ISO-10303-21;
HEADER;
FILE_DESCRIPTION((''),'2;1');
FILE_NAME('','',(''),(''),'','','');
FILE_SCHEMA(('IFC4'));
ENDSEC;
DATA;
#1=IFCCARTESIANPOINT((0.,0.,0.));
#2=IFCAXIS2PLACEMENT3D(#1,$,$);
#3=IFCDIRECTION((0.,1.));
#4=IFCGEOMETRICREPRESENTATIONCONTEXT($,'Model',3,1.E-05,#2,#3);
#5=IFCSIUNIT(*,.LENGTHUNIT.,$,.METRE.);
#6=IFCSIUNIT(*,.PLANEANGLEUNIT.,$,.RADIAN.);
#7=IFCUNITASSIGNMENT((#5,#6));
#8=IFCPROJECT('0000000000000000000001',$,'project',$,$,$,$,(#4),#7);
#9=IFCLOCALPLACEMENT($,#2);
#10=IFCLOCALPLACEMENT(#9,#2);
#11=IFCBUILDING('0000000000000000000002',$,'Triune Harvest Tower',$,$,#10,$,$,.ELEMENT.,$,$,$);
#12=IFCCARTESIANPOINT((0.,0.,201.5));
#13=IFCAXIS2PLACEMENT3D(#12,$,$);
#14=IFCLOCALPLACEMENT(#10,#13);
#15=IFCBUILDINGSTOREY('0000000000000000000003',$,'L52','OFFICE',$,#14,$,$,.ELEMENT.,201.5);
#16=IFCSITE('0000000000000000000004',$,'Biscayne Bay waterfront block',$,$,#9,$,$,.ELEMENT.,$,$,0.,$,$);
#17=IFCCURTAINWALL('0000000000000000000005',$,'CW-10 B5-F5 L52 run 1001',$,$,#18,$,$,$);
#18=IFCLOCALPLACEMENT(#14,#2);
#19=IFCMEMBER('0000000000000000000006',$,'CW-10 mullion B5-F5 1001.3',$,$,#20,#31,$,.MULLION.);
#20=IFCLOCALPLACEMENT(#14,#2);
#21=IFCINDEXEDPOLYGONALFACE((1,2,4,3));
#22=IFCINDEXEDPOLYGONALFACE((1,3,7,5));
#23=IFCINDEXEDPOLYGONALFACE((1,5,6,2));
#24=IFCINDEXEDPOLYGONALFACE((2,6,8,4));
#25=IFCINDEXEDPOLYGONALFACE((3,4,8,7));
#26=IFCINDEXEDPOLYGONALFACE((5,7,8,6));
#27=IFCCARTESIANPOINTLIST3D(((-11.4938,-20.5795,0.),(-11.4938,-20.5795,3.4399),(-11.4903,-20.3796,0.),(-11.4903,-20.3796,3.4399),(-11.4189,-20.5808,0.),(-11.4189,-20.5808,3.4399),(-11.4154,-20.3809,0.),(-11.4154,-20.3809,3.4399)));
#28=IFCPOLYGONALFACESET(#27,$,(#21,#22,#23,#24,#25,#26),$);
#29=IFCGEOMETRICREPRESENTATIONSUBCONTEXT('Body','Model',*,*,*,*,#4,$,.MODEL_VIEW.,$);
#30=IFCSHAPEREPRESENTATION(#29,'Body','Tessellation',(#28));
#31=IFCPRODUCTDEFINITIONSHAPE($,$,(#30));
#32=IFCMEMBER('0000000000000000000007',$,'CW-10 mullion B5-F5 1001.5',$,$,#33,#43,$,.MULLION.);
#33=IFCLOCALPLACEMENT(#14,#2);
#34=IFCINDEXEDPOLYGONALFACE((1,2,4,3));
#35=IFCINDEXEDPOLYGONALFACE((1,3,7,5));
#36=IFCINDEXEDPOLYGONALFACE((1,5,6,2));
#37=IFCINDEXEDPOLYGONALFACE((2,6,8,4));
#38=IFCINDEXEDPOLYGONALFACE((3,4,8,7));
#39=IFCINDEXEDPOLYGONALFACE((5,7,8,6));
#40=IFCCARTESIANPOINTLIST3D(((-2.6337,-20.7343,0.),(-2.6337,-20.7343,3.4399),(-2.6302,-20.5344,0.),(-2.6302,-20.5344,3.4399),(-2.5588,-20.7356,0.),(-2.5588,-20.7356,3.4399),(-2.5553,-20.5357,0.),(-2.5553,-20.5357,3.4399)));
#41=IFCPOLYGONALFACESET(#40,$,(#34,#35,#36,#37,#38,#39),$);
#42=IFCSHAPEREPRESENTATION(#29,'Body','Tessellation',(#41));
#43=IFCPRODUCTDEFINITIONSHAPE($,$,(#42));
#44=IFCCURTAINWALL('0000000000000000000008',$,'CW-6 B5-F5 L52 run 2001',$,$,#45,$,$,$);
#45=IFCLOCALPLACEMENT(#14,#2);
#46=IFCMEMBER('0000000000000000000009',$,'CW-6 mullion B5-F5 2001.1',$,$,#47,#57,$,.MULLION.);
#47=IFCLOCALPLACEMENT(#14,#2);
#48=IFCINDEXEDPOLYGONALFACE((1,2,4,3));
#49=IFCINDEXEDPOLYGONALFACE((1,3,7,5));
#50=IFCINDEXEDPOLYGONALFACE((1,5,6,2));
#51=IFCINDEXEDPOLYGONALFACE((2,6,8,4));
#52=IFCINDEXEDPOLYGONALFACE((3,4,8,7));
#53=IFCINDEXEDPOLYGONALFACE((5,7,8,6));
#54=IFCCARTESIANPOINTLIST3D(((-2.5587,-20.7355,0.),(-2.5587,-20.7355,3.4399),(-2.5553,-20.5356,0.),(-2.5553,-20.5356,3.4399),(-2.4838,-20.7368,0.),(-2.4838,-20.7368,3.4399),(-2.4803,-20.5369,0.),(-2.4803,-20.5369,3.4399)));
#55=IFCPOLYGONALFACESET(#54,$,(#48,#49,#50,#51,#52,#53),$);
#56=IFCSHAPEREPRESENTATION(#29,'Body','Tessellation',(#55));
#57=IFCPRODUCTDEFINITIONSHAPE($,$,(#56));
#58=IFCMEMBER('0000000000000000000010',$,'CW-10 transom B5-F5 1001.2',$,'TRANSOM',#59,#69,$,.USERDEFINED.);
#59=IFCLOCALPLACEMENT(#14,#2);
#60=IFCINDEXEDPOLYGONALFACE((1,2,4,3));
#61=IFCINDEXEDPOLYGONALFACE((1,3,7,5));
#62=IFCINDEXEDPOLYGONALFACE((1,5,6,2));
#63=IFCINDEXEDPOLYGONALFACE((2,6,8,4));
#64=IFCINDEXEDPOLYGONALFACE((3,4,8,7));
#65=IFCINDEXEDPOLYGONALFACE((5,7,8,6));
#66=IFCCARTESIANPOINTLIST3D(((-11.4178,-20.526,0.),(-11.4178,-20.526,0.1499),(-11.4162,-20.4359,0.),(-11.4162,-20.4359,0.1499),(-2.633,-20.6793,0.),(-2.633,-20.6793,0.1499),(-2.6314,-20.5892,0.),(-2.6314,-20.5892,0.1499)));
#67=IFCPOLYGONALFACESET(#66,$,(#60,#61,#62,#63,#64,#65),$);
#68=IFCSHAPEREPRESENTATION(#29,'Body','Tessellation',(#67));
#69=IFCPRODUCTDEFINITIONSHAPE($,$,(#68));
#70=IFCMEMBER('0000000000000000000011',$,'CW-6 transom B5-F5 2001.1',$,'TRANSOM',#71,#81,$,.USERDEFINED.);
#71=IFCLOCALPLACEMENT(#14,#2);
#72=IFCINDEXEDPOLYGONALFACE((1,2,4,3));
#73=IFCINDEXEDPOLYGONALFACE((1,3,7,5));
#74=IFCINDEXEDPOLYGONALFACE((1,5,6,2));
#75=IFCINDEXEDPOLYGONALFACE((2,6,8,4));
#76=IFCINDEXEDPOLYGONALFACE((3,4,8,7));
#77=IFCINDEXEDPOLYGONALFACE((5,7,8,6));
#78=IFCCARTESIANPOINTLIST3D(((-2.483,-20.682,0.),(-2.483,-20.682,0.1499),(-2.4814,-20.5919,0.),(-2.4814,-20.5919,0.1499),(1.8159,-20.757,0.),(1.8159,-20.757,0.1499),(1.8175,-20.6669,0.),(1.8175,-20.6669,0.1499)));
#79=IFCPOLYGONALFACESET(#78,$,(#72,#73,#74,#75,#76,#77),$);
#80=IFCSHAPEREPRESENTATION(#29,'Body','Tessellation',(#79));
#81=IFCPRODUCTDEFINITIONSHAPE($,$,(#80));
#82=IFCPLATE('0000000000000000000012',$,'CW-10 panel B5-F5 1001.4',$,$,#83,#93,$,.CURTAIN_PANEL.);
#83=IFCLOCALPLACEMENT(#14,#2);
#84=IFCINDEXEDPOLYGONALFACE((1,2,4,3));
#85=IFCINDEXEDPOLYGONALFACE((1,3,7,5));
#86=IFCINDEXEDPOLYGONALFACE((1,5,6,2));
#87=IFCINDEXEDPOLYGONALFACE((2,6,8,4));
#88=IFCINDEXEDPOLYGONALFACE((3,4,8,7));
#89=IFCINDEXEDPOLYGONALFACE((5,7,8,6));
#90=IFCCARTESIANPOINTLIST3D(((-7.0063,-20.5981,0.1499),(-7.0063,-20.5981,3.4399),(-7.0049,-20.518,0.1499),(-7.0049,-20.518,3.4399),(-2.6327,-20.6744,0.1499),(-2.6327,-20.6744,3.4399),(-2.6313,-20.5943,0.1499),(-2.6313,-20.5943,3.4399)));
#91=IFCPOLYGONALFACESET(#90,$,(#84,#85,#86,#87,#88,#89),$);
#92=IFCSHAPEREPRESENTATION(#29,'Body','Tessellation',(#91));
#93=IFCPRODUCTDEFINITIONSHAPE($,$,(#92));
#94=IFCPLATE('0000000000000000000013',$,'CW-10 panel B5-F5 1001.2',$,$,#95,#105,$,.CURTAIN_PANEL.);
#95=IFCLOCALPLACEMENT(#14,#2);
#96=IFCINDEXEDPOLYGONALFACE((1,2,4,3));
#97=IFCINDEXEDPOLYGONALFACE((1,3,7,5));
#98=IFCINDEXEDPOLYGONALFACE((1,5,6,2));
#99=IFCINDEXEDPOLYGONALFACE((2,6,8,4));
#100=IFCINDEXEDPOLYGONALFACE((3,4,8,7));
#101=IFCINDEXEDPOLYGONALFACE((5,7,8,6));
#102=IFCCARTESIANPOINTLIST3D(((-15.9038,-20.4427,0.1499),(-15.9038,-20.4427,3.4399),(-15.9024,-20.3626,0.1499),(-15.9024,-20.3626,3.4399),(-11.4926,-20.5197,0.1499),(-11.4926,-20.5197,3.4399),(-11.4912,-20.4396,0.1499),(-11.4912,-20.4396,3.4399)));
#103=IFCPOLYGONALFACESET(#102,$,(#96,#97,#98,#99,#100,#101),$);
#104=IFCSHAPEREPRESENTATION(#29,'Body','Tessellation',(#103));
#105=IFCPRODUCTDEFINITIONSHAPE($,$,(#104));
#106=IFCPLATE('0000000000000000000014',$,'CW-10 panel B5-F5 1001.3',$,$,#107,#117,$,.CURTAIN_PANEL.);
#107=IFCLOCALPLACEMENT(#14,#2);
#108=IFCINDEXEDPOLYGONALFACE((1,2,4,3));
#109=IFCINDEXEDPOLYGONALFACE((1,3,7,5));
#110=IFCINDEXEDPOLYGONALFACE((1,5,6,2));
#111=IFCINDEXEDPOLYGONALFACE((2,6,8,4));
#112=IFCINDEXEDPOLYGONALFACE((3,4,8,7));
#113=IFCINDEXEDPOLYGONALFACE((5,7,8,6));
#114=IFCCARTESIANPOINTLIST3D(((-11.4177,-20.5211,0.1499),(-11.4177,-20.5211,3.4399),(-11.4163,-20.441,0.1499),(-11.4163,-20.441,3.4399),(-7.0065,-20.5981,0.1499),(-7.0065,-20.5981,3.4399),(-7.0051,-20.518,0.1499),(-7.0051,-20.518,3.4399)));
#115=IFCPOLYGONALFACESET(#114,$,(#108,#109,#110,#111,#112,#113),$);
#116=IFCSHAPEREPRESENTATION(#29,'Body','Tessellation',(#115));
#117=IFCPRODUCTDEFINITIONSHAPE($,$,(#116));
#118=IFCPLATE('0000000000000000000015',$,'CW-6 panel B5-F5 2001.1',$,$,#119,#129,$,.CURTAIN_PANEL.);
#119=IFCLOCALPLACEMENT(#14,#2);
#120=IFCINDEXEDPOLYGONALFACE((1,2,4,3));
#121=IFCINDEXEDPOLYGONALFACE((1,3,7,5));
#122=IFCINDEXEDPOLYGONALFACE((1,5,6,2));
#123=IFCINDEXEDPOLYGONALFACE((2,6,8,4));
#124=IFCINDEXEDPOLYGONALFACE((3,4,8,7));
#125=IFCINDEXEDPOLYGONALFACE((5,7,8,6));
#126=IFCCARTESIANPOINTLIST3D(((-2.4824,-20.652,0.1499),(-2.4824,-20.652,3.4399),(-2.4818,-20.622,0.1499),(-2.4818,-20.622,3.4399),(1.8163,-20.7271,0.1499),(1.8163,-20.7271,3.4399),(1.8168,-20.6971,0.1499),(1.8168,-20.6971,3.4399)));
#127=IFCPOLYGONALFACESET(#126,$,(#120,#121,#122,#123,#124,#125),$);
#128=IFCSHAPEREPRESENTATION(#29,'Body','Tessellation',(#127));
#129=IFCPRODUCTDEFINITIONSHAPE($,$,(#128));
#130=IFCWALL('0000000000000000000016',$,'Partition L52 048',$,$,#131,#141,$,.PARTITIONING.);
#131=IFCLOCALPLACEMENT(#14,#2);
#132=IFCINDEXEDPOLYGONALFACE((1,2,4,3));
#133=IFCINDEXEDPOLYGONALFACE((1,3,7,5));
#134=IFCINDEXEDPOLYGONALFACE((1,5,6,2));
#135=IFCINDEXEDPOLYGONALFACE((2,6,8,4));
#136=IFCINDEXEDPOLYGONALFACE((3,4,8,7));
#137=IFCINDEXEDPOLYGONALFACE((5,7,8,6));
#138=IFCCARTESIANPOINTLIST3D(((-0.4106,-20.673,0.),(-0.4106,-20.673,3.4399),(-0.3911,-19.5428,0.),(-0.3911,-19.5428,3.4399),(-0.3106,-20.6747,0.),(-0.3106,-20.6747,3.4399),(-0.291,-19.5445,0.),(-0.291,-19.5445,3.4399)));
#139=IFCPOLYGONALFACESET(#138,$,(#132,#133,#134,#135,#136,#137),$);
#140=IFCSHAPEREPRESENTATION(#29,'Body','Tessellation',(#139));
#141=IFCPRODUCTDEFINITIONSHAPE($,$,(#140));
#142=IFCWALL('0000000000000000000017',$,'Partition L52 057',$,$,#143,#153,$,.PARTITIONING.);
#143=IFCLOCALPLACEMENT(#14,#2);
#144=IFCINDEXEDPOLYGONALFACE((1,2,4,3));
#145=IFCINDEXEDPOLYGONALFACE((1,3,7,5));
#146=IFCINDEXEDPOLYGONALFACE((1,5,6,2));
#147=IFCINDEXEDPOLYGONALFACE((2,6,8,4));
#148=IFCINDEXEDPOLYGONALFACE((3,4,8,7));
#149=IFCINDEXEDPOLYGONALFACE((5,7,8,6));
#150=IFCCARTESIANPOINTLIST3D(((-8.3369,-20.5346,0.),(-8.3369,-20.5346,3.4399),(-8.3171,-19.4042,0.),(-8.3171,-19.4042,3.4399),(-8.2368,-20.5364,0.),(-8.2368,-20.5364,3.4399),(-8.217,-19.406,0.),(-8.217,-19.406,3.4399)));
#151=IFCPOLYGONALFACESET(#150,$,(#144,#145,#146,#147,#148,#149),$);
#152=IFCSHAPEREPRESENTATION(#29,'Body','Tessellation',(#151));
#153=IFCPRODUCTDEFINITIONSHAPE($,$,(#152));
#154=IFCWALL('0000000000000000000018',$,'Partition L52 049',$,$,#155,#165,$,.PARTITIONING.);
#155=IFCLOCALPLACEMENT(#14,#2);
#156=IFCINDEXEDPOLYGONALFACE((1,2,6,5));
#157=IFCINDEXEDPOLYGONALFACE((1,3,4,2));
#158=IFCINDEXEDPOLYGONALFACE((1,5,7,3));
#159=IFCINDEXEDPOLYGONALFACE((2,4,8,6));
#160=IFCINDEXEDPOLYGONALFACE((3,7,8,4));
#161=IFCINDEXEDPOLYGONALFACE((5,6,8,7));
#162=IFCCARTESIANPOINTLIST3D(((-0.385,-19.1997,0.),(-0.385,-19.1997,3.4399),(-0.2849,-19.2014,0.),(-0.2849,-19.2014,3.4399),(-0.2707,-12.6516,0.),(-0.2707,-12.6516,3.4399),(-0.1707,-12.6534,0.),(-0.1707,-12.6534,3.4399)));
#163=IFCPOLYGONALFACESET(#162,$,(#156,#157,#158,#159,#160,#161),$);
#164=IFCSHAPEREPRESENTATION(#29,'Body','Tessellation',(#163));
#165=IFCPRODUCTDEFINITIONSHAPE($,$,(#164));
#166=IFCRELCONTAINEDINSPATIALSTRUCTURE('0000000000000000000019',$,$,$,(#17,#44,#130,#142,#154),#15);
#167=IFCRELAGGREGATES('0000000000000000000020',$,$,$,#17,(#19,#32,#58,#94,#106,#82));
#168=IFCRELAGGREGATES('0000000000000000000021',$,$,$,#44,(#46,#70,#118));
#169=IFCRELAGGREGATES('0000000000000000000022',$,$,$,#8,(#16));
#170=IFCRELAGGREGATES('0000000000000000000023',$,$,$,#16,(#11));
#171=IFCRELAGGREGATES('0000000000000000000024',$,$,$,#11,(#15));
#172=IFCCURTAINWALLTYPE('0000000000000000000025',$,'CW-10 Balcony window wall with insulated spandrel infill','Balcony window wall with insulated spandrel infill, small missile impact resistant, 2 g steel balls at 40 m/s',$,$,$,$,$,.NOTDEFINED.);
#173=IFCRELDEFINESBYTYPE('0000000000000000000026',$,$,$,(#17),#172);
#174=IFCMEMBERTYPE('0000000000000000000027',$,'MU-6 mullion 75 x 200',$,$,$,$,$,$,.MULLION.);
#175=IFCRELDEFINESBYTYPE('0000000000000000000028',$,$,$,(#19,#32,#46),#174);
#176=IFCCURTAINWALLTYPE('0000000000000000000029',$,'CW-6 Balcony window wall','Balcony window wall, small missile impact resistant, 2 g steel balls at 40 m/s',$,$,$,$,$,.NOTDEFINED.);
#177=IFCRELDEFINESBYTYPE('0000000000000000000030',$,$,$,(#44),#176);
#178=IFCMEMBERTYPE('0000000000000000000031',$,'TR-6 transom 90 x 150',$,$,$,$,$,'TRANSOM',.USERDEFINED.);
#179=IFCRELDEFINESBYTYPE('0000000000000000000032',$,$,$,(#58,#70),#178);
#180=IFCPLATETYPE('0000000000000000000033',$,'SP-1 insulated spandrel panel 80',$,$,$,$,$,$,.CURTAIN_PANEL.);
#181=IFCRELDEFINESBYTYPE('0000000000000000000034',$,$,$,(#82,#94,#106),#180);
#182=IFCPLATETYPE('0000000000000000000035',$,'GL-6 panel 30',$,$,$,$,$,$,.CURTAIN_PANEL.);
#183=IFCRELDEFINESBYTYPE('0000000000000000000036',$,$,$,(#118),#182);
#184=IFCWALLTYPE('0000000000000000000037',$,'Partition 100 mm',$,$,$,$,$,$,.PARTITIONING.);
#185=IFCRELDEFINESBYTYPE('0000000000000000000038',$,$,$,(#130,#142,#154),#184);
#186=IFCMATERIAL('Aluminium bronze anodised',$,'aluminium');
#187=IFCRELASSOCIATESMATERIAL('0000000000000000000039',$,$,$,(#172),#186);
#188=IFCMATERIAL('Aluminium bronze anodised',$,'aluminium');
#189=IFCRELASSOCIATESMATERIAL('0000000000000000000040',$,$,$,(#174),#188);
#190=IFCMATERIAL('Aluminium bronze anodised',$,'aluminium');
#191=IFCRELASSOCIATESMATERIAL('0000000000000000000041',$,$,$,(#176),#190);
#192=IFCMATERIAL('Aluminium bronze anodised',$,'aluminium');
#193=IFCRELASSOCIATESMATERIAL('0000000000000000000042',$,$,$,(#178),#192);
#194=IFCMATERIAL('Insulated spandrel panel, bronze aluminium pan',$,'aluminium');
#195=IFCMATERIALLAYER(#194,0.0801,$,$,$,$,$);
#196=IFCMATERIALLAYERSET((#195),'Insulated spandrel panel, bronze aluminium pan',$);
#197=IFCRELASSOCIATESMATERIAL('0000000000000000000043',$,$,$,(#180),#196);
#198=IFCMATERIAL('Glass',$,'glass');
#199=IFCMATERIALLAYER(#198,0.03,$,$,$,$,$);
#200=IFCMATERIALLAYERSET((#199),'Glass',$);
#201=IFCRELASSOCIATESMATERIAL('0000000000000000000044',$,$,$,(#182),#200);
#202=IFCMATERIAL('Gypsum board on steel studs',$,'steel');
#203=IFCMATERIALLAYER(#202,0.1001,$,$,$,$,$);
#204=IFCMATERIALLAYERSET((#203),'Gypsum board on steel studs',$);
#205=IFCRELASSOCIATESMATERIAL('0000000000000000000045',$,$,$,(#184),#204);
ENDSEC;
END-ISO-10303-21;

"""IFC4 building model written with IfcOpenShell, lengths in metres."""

from ifc_helpers import new_model, si_unit, direction, frame, frame_2d, origin, origin_2d, place, context, subcontext, project, spatial, rectangle, extrude, source, transform, mapped, material, layer, layer_set, material_profile, profile_set, type_object, element, aggregate, save


model = new_model("IFC4")

# Units and contexts
model_context = context("Model", 3, precision=1e-05, world=origin(), true_north=direction((0.0, 1.0)))
body_context = subcontext(model_context, "Body", "Model", "MODEL_VIEW")
ifc_project = project(units=[si_unit("LENGTHUNIT", "METRE"), si_unit("PLANEANGLEUNIT", "RADIAN")], contexts=[model_context])

# Site, building, storey
site_placement = place(None, origin())
site = spatial("IfcSite", under=ifc_project, at=site_placement, Name="Biscayne Bay waterfront block", CompositionType="ELEMENT", RefElevation=0.0)
building_placement = place(site_placement, origin())
building = spatial("IfcBuilding", under=site, at=building_placement, Name="Triune Harvest Tower", CompositionType="ELEMENT")
storey_placement = place(building_placement, frame((0.0, 0.0, 201.5)))
storey = spatial("IfcBuildingStorey", under=building, at=storey_placement, Name="L52", Description="OFFICE", CompositionType="ELEMENT", Elevation=201.5)

# Curtain wall, members
ifc_material_1 = material(Name="Aluminium bronze anodised", Category="aluminium")
curtain_wall_type_1 = type_object("IfcCurtainWallType", Name="CW-10 Balcony window wall with insulated spandrel infill", Description="Balcony window wall with insulated spandrel infill, small missile impact resistant, 2 g steel balls at 40 m/s", PredefinedType="NOTDEFINED", material=ifc_material_1)
curtain_wall_1_placement = place(storey_placement, origin())
curtain_wall_1 = element("IfcCurtainWall", 1, at=curtain_wall_1_placement, inside=storey, type_object=curtain_wall_type_1, Name="CW-10 B5-F5 L52 run 1001")
ifc_material_2 = material(Name="Aluminium bronze anodised", Category="aluminium")
ifc_material_profile_1 = material_profile(ifc_material_2, rectangle(XDim=0.2, YDim=0.075, at=origin_2d()), Name="MU-6 mullion 75 x 200")
ifc_profile_set_1 = profile_set([ifc_material_profile_1], Name="Aluminium bronze anodised")
member_type_1 = type_object("IfcMemberType", Name="MU-6 mullion 75 x 200", PredefinedType="MULLION", material=ifc_profile_set_1)
shared_shape_1 = source(origin(), body_context, "Body", "SweptSolid", [
    extrude(rectangle(XDim=0.2, YDim=0.075, at=origin_2d()), origin(), (0.0, 0.0, 1.0), 3.4399),
])
member_1_placement = place(storey_placement, frame((-11.4546, -20.4802, 0.0), z_axis=(0.0, 0.0, 1.0), x_axis=(0.017452, 0.999848, 0.0)))
member_1 = element("IfcMember", 2, at=member_1_placement, type_object=member_type_1, Name="CW-10 mullion B5-F5 1001.3", PredefinedType="MULLION", context=body_context, shape_type="MappedRepresentation", body=[
    mapped(shared_shape_1, transform((0.0, 0.0, 0.0), scale=1.0)),
])
member_2_placement = place(storey_placement, frame((-2.5945, -20.635, 0.0), z_axis=(0.0, 0.0, 1.0), x_axis=(0.017452, 0.999848, 0.0)))
member_2 = element("IfcMember", 3, at=member_2_placement, type_object=member_type_1, Name="CW-10 mullion B5-F5 1001.5", PredefinedType="MULLION", context=body_context, shape_type="MappedRepresentation", body=[
    mapped(shared_shape_1, transform((0.0, 0.0, 0.0), scale=1.0)),
])

# Curtain wall, member
ifc_material_3 = material(Name="Aluminium bronze anodised", Category="aluminium")
curtain_wall_type_2 = type_object("IfcCurtainWallType", Name="CW-6 Balcony window wall", Description="Balcony window wall, small missile impact resistant, 2 g steel balls at 40 m/s", PredefinedType="NOTDEFINED", material=ifc_material_3)
curtain_wall_2_placement = place(storey_placement, origin())
curtain_wall_2 = element("IfcCurtainWall", 4, at=curtain_wall_2_placement, inside=storey, type_object=curtain_wall_type_2, Name="CW-6 B5-F5 L52 run 2001")
member_3_placement = place(storey_placement, frame((-2.5195, -20.6362, 0.0), z_axis=(0.0, 0.0, 1.0), x_axis=(0.017463, 0.999848, 0.0)))
member_3 = element("IfcMember", 5, at=member_3_placement, type_object=member_type_1, Name="CW-6 mullion B5-F5 2001.1", PredefinedType="MULLION", context=body_context, shape_type="MappedRepresentation", body=[
    mapped(shared_shape_1, transform((0.0, 0.0, 0.0), scale=1.0)),
])

# Members
ifc_material_4 = material(Name="Aluminium bronze anodised", Category="aluminium")
ifc_material_profile_2 = material_profile(ifc_material_4, rectangle(XDim=0.0901, YDim=0.1499, at=origin_2d()), Name="TR-6 transom 90 x 150")
ifc_profile_set_2 = profile_set([ifc_material_profile_2], Name="Aluminium bronze anodised")
member_type_2 = type_object("IfcMemberType", Name="TR-6 transom 90 x 150", ElementType="TRANSOM", PredefinedType="USERDEFINED", material=ifc_profile_set_2)
shared_shape_2 = source(origin(), body_context, "Body", "SweptSolid", [
    extrude(rectangle(XDim=0.0901, YDim=0.1499, at=origin_2d()), origin(), (0.0, 0.0, 1.0), 8.7861),
])
member_4_placement = place(storey_placement, frame((-11.417, -20.481, 0.075), z_axis=(0.999848, -0.01745, 0.0), x_axis=(0.01745, 0.999848, 0.0)))
member_4 = element("IfcMember", 6, at=member_4_placement, type_object=member_type_2, Name="CW-10 transom B5-F5 1001.2", ObjectType="TRANSOM", PredefinedType="USERDEFINED", context=body_context, shape_type="MappedRepresentation", body=[
    mapped(shared_shape_2, transform((0.0, 0.0, 0.0), scale=1.0)),
])
shared_shape_3 = source(origin(), body_context, "Body", "SweptSolid", [
    extrude(rectangle(XDim=0.0901, YDim=0.1499, at=origin_2d()), origin(), (0.0, 0.0, 1.0), 4.2996),
])
member_5_placement = place(storey_placement, frame((-2.4822, -20.637, 0.075), z_axis=(0.999848, -0.017433, 0.0), x_axis=(0.017433, 0.999848, 0.0)))
member_5 = element("IfcMember", 7, at=member_5_placement, type_object=member_type_2, Name="CW-6 transom B5-F5 2001.1", ObjectType="TRANSOM", PredefinedType="USERDEFINED", context=body_context, shape_type="MappedRepresentation", body=[
    mapped(shared_shape_3, transform((0.0, 0.0, 0.0), scale=1.0)),
])

# Plates
ifc_material_5 = material(Name="Insulated spandrel panel, bronze aluminium pan", Category="aluminium")
ifc_layer_1 = layer(ifc_material_5, 0.0801)
ifc_layer_set_1 = layer_set([ifc_layer_1], Name="Insulated spandrel panel, bronze aluminium pan")
plate_type_1 = type_object("IfcPlateType", Name="SP-1 insulated spandrel panel 80", PredefinedType="CURTAIN_PANEL", material=ifc_layer_set_1)
shared_shape_4 = source(origin(), body_context, "Body", "SweptSolid", [
    extrude(rectangle(XDim=4.3743, YDim=0.0801, at=origin_2d()), origin(), (0.0, 0.0, 1.0), 3.29),
])
plate_1_placement = place(storey_placement, frame((-4.8188, -20.5962, 0.1499), z_axis=(0.0, 0.0, 1.0), x_axis=(0.999848, -0.017452, 0.0)))
plate_1 = element("IfcPlate", 8, at=plate_1_placement, type_object=plate_type_1, Name="CW-10 panel B5-F5 1001.4", PredefinedType="CURTAIN_PANEL", context=body_context, shape_type="MappedRepresentation", body=[
    mapped(shared_shape_4, transform((0.0, 0.0, 0.0), scale=1.0)),
])
shared_shape_5 = source(origin(), body_context, "Body", "SweptSolid", [
    extrude(rectangle(XDim=4.4119, YDim=0.0801, at=origin_2d()), origin(), (0.0, 0.0, 1.0), 3.29),
])
plate_2_placement = place(storey_placement, frame((-13.6975, -20.4412, 0.1499), z_axis=(0.0, 0.0, 1.0), x_axis=(0.999848, -0.017452, 0.0)))
plate_2 = element("IfcPlate", 9, at=plate_2_placement, type_object=plate_type_1, Name="CW-10 panel B5-F5 1001.2", PredefinedType="CURTAIN_PANEL", context=body_context, shape_type="MappedRepresentation", body=[
    mapped(shared_shape_5, transform((0.0, 0.0, 0.0), scale=1.0)),
])
plate_3_placement = place(storey_placement, frame((-9.2114, -20.5195, 0.1499), z_axis=(0.0, 0.0, 1.0), x_axis=(0.999848, -0.017452, 0.0)))
plate_3 = element("IfcPlate", 10, at=plate_3_placement, type_object=plate_type_1, Name="CW-10 panel B5-F5 1001.3", PredefinedType="CURTAIN_PANEL", context=body_context, shape_type="MappedRepresentation", body=[
    mapped(shared_shape_5, transform((0.0, 0.0, 0.0), scale=1.0)),
])
aggregate(curtain_wall_1, [member_1, member_2, member_4, plate_2, plate_3, plate_1])
ifc_material_6 = material(Name="Glass", Category="glass")
ifc_layer_2 = layer(ifc_material_6, 0.03)
ifc_layer_set_2 = layer_set([ifc_layer_2], Name="Glass")
plate_type_2 = type_object("IfcPlateType", Name="GL-6 panel 30", PredefinedType="CURTAIN_PANEL", material=ifc_layer_set_2)
shared_shape_6 = source(origin(), body_context, "Body", "SweptSolid", [
    extrude(rectangle(XDim=4.2993, YDim=0.03, at=origin_2d()), origin(), (0.0, 0.0, 1.0), 3.29),
])
plate_4_placement = place(storey_placement, frame((-0.3328, -20.6746, 0.1499), z_axis=(0.0, 0.0, 1.0), x_axis=(0.999848, -0.017463, 0.0)))
plate_4 = element("IfcPlate", 11, at=plate_4_placement, type_object=plate_type_2, Name="CW-6 panel B5-F5 2001.1", PredefinedType="CURTAIN_PANEL", context=body_context, shape_type="MappedRepresentation", body=[
    mapped(shared_shape_6, transform((0.0, 0.0, 0.0), scale=1.0)),
])
aggregate(curtain_wall_2, [member_3, member_5, plate_4])

# Walls
ifc_material_7 = material(Name="Gypsum board on steel studs", Category="steel")
ifc_layer_3 = layer(ifc_material_7, 0.1001)
ifc_layer_set_3 = layer_set([ifc_layer_3], Name="Gypsum board on steel studs")
wall_type_1 = type_object("IfcWallType", Name="Partition 100 mm", PredefinedType="PARTITIONING", material=ifc_layer_set_3)
shared_shape_7 = source(origin(), body_context, "Body", "SweptSolid", [
    extrude(rectangle(XDim=1.1304, YDim=0.1001, at=frame_2d((0.5652, 0.0))), origin(), (0.0, 0.0, 1.0), 3.4399),
])
wall_1_placement = place(storey_placement, frame((-0.3606, -20.6738, 0.0), z_axis=(0.0, 0.0, 1.0), x_axis=(0.01728, 0.999851, 0.0)))
element("IfcWall", 12, at=wall_1_placement, inside=storey, type_object=wall_type_1, Name="Partition L52 048", PredefinedType="PARTITIONING", context=body_context, shape_type="MappedRepresentation", body=[
    mapped(shared_shape_7, transform((0.0, 0.0, 0.0), scale=1.0)),
])
shared_shape_8 = source(origin(), body_context, "Body", "SweptSolid", [
    extrude(rectangle(XDim=1.1306, YDim=0.1001, at=frame_2d((0.5654, 0.0))), origin(), (0.0, 0.0, 1.0), 3.4399),
])
wall_2_placement = place(storey_placement, frame((-8.2869, -20.5356, 0.0), z_axis=(0.0, 0.0, 1.0), x_axis=(0.017492, 0.999847, 0.0)))
element("IfcWall", 13, at=wall_2_placement, inside=storey, type_object=wall_type_1, Name="Partition L52 057", PredefinedType="PARTITIONING", context=body_context, shape_type="MappedRepresentation", body=[
    mapped(shared_shape_8, transform((0.0, 0.0, 0.0), scale=1.0)),
])
shared_shape_9 = source(origin(), body_context, "Body", "SweptSolid", [
    extrude(rectangle(XDim=6.5491, YDim=0.1001, at=frame_2d((3.2744, 0.0))), origin(), (0.0, 0.0, 1.0), 3.4399),
])
wall_3_placement = place(storey_placement, frame((-0.335, -19.2004, 0.0), z_axis=(0.0, 0.0, 1.0), x_axis=(0.017446, 0.999848, 0.0)))
element("IfcWall", 14, at=wall_3_placement, inside=storey, type_object=wall_type_1, Name="Partition L52 049", PredefinedType="PARTITIONING", context=body_context, shape_type="MappedRepresentation", body=[
    mapped(shared_shape_9, transform((0.0, 0.0, 0.0), scale=1.0)),
])

save(model, "model.ifc")
